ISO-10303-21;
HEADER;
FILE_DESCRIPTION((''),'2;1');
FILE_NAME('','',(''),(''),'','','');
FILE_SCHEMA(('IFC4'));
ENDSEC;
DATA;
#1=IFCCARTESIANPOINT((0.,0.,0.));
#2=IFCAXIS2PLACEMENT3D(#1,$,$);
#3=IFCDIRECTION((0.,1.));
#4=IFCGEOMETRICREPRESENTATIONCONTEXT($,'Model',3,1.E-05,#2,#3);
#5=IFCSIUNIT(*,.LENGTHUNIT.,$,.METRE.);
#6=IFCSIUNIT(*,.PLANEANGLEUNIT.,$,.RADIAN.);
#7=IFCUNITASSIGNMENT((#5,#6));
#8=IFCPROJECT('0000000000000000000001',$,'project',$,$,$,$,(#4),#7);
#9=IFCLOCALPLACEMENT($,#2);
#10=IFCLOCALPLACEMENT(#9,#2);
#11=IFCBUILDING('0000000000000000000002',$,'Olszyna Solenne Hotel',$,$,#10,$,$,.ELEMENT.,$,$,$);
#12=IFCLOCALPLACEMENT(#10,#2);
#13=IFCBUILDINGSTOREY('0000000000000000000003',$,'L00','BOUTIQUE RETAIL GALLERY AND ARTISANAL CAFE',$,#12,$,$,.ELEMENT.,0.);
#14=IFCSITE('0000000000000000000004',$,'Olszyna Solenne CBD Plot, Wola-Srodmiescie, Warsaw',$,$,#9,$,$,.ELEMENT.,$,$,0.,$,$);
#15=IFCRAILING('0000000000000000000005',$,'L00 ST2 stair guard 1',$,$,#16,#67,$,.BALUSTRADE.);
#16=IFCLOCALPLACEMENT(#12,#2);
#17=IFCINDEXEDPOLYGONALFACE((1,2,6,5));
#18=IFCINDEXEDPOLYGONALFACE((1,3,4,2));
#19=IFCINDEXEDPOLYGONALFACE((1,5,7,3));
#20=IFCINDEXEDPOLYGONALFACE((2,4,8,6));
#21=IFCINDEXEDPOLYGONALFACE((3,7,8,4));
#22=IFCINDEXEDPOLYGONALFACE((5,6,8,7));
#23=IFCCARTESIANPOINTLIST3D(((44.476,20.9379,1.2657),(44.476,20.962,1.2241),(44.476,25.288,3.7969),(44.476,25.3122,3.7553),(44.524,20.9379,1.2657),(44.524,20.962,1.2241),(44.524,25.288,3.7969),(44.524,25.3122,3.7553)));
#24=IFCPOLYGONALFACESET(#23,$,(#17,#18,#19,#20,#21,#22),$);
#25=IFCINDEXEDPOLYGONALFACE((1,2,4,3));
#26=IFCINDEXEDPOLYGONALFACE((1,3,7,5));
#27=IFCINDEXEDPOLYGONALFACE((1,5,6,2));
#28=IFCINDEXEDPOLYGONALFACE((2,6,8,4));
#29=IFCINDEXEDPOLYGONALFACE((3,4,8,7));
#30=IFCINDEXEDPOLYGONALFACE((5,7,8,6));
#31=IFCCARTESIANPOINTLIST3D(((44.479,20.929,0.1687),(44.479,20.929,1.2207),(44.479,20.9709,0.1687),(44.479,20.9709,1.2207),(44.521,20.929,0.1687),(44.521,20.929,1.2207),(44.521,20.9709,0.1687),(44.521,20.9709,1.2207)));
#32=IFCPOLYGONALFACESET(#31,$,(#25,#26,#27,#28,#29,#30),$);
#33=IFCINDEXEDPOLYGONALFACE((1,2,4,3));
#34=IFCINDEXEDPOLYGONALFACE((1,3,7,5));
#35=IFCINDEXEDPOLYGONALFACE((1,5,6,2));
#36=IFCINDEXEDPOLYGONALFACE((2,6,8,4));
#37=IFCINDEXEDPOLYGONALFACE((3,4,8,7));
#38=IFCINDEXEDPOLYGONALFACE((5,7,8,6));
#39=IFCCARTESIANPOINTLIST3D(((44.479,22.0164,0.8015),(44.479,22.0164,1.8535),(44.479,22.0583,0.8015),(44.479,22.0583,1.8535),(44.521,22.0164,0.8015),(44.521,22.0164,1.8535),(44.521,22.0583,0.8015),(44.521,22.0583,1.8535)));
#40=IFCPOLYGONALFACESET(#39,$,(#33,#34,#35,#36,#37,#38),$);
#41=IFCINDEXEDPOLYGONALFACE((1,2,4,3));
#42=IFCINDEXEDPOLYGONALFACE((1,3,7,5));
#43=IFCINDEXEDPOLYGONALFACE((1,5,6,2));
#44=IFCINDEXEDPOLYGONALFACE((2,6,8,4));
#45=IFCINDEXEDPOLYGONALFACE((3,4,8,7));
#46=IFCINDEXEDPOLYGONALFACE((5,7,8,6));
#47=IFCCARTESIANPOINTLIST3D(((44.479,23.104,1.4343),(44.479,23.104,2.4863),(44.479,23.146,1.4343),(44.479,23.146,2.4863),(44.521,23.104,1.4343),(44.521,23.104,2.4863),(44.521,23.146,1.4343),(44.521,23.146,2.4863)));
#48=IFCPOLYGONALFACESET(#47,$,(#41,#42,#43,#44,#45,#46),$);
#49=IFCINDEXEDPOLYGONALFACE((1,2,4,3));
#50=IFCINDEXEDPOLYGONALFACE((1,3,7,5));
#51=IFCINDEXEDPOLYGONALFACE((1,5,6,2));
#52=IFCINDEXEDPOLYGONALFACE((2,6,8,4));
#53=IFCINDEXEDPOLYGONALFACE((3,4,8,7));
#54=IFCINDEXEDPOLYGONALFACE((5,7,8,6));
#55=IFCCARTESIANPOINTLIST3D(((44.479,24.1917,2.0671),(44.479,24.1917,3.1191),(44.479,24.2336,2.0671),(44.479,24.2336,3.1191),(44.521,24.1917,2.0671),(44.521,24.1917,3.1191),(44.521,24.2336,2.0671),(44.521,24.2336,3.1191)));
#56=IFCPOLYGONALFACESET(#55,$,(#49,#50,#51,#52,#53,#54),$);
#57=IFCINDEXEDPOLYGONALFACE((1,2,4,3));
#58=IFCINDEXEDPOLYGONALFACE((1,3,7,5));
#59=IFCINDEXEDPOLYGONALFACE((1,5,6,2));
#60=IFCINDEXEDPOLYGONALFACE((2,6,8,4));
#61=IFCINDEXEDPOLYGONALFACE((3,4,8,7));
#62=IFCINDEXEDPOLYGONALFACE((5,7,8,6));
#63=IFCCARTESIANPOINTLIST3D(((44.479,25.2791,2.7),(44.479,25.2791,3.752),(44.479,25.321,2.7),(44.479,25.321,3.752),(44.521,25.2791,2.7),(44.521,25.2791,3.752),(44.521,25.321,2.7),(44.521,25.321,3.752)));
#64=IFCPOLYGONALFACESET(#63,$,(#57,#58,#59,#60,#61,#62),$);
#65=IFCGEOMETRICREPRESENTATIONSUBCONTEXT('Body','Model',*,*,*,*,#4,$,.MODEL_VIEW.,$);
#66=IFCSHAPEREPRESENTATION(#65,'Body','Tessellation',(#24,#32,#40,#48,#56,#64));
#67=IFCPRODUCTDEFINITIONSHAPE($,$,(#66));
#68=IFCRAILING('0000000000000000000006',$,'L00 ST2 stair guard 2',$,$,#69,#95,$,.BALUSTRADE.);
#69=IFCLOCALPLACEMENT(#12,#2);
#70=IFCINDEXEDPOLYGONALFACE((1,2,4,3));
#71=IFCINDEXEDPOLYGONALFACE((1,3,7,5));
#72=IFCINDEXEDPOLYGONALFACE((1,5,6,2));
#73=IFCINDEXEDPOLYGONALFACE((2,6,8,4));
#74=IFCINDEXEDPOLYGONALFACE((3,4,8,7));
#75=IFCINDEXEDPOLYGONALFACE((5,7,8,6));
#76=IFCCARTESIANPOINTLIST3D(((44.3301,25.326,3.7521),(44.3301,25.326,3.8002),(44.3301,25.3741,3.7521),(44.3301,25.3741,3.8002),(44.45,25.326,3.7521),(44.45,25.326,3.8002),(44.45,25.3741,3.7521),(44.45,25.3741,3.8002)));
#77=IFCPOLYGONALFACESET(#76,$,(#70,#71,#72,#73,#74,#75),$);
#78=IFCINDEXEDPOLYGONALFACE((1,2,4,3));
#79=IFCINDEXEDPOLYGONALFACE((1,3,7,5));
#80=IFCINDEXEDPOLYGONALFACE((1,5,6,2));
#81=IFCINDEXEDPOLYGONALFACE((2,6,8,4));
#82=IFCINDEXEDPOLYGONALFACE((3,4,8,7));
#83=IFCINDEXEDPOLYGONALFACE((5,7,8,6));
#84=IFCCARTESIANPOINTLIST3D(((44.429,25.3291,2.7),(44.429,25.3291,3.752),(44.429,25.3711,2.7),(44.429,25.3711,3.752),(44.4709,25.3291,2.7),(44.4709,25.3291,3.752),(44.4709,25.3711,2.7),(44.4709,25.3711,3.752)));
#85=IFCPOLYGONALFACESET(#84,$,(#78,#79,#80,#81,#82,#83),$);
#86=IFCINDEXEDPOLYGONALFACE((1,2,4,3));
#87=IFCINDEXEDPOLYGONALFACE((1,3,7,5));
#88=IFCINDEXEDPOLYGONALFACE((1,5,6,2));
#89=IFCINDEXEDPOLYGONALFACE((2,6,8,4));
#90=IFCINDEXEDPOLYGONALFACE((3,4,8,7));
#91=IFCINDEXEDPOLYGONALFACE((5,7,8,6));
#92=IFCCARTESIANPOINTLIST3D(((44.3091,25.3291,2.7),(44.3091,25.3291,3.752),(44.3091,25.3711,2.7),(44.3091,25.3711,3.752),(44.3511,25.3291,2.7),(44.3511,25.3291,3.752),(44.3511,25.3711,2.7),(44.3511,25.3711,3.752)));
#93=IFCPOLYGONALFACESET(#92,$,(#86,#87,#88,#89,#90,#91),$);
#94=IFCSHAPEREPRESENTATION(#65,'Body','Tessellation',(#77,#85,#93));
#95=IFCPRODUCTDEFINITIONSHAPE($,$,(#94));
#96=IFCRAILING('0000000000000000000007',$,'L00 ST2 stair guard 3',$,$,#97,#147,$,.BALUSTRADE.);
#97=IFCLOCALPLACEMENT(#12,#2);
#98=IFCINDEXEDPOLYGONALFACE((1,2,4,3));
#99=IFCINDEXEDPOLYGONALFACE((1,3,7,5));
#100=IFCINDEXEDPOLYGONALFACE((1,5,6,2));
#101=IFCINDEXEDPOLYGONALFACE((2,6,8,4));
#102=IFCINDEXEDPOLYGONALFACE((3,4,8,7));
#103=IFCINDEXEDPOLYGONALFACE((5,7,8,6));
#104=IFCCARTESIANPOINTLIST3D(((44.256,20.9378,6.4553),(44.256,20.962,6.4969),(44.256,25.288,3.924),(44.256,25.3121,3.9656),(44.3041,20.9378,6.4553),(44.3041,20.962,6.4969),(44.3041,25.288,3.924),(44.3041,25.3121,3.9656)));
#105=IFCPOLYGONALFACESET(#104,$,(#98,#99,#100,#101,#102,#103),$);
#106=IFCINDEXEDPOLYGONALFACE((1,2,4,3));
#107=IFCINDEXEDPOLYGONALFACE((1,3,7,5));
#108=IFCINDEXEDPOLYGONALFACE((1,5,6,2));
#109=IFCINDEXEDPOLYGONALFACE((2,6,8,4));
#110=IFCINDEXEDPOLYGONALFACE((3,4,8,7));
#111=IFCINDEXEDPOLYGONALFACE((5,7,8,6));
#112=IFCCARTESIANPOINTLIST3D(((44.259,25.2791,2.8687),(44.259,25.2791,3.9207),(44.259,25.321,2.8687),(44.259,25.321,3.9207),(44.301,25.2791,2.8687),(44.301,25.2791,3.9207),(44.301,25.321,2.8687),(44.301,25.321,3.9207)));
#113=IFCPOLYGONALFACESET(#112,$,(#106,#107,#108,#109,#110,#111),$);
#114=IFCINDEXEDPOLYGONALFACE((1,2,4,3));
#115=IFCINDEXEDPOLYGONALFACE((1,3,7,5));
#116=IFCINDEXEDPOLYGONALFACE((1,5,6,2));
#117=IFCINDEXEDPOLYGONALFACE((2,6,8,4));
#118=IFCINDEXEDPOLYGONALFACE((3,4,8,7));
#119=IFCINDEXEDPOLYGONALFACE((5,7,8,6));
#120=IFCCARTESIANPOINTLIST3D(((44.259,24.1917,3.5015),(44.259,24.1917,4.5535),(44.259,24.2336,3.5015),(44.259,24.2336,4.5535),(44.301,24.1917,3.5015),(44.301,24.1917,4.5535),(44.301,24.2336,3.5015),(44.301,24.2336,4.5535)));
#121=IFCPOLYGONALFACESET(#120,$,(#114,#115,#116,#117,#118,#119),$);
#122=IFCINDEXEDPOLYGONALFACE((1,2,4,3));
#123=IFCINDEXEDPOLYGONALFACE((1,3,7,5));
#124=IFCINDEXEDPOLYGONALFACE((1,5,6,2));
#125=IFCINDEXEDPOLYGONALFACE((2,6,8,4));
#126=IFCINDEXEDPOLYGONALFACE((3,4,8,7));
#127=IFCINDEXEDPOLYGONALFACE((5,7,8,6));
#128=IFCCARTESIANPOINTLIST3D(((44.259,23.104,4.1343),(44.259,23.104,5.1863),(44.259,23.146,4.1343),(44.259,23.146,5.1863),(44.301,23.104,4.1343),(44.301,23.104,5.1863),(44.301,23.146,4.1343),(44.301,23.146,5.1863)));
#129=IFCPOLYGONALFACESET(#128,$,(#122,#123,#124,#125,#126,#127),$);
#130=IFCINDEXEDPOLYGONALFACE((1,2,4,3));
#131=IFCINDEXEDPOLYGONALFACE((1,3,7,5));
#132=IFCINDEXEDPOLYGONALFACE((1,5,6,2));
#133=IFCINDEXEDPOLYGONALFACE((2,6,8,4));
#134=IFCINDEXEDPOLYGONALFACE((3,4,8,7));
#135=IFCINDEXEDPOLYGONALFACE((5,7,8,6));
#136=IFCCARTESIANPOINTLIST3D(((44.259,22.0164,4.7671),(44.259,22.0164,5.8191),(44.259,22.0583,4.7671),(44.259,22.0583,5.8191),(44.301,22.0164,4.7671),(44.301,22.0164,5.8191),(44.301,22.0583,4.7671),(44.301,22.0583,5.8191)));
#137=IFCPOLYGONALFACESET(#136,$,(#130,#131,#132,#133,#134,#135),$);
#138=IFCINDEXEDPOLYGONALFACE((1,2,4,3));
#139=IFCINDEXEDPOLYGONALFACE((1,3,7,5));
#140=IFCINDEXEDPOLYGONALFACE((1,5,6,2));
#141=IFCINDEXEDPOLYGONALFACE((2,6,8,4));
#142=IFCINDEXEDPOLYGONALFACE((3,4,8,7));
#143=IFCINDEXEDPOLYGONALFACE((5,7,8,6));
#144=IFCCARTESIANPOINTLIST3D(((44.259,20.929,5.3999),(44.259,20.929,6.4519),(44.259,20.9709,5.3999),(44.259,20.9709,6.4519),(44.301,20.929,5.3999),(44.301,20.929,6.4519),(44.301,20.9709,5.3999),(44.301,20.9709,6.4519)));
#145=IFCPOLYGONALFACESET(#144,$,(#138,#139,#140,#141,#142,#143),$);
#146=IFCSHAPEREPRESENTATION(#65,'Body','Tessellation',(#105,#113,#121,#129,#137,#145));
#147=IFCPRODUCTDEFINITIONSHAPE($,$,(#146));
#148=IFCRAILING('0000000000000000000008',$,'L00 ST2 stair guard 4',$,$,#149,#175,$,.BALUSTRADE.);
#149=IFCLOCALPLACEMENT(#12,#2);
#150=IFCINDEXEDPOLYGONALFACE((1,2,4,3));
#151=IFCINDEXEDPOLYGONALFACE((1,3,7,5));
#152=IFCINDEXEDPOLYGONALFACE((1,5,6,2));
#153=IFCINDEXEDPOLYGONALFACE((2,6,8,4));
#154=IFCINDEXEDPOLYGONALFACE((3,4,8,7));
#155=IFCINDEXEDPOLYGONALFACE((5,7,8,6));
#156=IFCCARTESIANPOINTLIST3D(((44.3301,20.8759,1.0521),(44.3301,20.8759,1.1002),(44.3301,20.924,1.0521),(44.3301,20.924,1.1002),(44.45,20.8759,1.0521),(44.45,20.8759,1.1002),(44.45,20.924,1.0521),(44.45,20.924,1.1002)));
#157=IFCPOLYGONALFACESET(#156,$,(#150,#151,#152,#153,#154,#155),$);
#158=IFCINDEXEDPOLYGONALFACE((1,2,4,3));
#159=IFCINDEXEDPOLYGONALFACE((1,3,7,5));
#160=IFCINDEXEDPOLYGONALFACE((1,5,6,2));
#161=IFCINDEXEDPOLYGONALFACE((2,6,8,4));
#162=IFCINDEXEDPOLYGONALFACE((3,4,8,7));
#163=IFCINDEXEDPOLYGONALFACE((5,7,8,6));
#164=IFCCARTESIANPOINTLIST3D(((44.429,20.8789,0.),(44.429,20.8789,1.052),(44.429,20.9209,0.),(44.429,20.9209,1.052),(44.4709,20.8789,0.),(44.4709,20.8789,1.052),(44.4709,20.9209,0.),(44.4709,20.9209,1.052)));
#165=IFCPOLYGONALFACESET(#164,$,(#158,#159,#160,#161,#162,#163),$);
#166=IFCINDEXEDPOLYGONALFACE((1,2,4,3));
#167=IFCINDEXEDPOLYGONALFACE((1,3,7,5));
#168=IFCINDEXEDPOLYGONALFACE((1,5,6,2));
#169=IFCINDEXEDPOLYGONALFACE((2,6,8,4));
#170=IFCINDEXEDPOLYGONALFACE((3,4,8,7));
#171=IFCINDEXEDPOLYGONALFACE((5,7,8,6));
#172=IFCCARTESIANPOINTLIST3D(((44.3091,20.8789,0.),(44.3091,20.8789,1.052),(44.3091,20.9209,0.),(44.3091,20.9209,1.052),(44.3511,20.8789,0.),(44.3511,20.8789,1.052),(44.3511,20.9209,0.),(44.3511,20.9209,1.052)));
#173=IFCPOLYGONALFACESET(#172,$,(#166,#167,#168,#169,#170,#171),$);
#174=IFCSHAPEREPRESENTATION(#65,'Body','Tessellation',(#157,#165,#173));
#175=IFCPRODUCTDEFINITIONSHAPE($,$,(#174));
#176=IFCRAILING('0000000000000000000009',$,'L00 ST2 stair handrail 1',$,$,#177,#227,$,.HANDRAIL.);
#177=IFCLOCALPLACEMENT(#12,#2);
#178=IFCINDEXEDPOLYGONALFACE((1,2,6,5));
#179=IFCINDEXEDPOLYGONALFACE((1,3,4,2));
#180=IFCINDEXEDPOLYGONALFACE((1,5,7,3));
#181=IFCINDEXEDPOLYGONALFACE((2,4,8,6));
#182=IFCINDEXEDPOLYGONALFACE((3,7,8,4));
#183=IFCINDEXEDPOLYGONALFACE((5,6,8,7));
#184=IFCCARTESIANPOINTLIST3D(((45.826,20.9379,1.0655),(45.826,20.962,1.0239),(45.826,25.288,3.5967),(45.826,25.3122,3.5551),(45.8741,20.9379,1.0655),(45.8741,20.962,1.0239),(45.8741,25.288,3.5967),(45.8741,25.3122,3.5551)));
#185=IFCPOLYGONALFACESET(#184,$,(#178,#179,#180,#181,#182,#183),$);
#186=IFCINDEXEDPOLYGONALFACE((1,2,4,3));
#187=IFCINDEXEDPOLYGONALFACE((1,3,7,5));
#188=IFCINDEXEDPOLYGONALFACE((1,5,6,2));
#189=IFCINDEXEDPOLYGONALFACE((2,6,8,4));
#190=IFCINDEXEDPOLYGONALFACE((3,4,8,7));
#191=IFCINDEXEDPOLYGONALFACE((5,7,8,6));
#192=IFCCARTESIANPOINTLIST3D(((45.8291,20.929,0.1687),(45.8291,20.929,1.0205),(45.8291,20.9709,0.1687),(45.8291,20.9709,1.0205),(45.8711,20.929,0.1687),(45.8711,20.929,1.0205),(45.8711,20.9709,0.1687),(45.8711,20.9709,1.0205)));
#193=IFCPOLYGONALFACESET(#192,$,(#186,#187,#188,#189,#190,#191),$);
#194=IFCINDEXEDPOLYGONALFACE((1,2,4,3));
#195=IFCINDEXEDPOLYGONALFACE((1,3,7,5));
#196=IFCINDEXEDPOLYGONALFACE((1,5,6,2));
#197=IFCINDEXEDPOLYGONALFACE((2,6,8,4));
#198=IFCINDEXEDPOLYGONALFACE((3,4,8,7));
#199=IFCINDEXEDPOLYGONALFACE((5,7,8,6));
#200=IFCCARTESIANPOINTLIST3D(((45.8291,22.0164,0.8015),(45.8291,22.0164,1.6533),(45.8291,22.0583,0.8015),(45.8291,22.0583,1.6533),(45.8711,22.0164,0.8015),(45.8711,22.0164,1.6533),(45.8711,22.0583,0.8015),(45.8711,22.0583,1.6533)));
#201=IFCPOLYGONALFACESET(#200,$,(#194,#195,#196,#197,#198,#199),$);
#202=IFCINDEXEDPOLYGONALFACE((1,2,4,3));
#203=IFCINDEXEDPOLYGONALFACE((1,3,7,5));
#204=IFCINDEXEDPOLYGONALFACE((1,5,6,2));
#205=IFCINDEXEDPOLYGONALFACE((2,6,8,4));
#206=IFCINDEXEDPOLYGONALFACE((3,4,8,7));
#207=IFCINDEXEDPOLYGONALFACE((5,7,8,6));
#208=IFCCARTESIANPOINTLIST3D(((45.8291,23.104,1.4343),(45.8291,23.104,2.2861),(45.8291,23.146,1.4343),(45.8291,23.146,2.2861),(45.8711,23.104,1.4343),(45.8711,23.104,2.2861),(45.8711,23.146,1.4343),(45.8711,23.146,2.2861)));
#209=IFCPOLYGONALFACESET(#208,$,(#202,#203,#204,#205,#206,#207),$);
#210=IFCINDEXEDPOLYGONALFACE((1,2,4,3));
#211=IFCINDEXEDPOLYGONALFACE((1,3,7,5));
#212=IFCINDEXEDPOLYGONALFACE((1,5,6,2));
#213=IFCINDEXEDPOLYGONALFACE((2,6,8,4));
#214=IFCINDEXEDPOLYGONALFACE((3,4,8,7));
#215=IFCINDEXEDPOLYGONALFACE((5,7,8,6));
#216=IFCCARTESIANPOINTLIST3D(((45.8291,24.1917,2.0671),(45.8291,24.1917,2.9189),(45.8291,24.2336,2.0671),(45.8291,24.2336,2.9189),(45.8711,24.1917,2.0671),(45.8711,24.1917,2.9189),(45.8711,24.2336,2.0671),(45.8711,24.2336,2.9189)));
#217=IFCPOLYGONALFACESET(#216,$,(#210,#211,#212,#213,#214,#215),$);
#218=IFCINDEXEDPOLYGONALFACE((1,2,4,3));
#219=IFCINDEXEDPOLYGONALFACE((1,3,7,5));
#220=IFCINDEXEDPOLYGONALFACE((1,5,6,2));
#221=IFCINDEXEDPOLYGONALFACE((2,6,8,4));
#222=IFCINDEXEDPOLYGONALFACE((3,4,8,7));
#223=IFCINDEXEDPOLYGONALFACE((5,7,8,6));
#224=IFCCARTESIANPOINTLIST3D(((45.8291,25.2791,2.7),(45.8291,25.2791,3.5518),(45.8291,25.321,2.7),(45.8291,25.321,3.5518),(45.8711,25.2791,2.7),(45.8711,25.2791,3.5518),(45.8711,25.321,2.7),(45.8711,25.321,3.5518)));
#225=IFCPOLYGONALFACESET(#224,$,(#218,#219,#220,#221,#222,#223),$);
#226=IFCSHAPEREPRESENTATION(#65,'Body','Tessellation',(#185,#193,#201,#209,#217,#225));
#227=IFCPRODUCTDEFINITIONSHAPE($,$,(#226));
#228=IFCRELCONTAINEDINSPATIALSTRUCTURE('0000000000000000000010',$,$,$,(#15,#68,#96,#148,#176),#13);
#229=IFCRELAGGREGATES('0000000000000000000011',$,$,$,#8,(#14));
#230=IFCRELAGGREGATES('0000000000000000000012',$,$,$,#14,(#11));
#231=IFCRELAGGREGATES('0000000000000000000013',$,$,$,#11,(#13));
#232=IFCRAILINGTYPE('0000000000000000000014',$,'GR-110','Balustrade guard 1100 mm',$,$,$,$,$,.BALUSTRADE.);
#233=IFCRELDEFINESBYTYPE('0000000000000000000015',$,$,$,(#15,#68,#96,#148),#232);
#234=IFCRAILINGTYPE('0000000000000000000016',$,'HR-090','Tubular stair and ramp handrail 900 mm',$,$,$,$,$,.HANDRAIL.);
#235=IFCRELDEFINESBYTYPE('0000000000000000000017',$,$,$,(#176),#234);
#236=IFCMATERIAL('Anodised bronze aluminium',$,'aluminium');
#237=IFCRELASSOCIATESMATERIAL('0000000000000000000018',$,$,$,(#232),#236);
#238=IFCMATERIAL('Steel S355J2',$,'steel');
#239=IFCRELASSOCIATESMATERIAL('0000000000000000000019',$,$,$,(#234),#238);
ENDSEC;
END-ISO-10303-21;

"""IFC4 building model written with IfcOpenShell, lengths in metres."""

from ifc_helpers import new_model, si_unit, direction, frame, origin, origin_2d, place, context, subcontext, project, spatial, rectangle, extrude, material, type_object, element, save


model = new_model("IFC4")

# Units and contexts
model_context = context("Model", 3, precision=1e-05, world=origin(), true_north=direction((0.0, 1.0)))
body_context = subcontext(model_context, "Body", "Model", "MODEL_VIEW")
ifc_project = project(units=[si_unit("LENGTHUNIT", "METRE"), si_unit("PLANEANGLEUNIT", "RADIAN")], contexts=[model_context])

# Site, building, storey
site_placement = place(None, origin())
site = spatial("IfcSite", under=ifc_project, at=site_placement, Name="Olszyna Solenne CBD Plot, Wola-Srodmiescie, Warsaw", CompositionType="ELEMENT", RefElevation=0.0)
building_placement = place(site_placement, origin())
building = spatial("IfcBuilding", under=site, at=building_placement, Name="Olszyna Solenne Hotel", CompositionType="ELEMENT")
storey_placement = place(building_placement, origin())
storey = spatial("IfcBuildingStorey", under=building, at=storey_placement, Name="L00", Description="BOUTIQUE RETAIL GALLERY AND ARTISANAL CAFE", CompositionType="ELEMENT", Elevation=0.0)

# Shared definitions
ifc_material_1 = material(Name="Steel S355J2", Category="steel")

# Railings
ifc_material_2 = material(Name="Anodised bronze aluminium", Category="aluminium")
railing_type_1 = type_object("IfcRailingType", Name="GR-110", Description="Balustrade guard 1100 mm", PredefinedType="BALUSTRADE", material=ifc_material_2)
railing_1_placement = place(storey_placement, frame((44.5, 20.95, 0.1687)))
element("IfcRailing", 1, at=railing_1_placement, inside=storey, type_object=railing_type_1, Name="L00 ST2 stair guard 1", PredefinedType="BALUSTRADE", context=body_context, shape_type="SweptSolid", body=[
    extrude(rectangle(XDim=0.0481, YDim=0.0481, at=origin_2d()), frame((0.0, 0.0, 1.0762), z_axis=(0.0, 0.864324, 0.502936), x_axis=(-1.0, 0.0, 0.0)), (0.0, 0.0, 1.0), 5.033),
    extrude(rectangle(XDim=0.042, YDim=0.042, at=origin_2d()), origin(), (0.0, 0.0, 1.0), 1.052),
    extrude(rectangle(XDim=0.042, YDim=0.042, at=origin_2d()), frame((0.0, 1.0874, 0.6328)), (0.0, 0.0, 1.0), 1.052),
    extrude(rectangle(XDim=0.042, YDim=0.042, at=origin_2d()), frame((0.0, 2.175, 1.2656)), (0.0, 0.0, 1.0), 1.052),
    extrude(rectangle(XDim=0.042, YDim=0.042, at=origin_2d()), frame((0.0, 3.2627, 1.8984)), (0.0, 0.0, 1.0), 1.052),
    extrude(rectangle(XDim=0.042, YDim=0.042, at=origin_2d()), frame((0.0, 4.3501, 2.5312)), (0.0, 0.0, 1.0), 1.052),
])
railing_2_placement = place(storey_placement, frame((44.45, 25.3501, 2.7)))
element("IfcRailing", 2, at=railing_2_placement, inside=storey, type_object=railing_type_1, Name="L00 ST2 stair guard 2", PredefinedType="BALUSTRADE", context=body_context, shape_type="SweptSolid", body=[
    extrude(rectangle(XDim=0.0481, YDim=0.0481, at=origin_2d()), frame((0.0, 0.0, 1.0762), z_axis=(-1.0, 0.0, 0.0), x_axis=(0.0, -1.0, 0.0)), (0.0, 0.0, 1.0), 0.1199),
    extrude(rectangle(XDim=0.042, YDim=0.042, at=origin_2d()), origin(), (0.0, 0.0, 1.0), 1.052),
    extrude(rectangle(XDim=0.042, YDim=0.042, at=origin_2d()), frame((-0.1199, 0.0, 0.0)), (0.0, 0.0, 1.0), 1.052),
])
railing_3_placement = place(storey_placement, frame((44.28, 25.3, 2.8687)))
element("IfcRailing", 3, at=railing_3_placement, inside=storey, type_object=railing_type_1, Name="L00 ST2 stair guard 3", PredefinedType="BALUSTRADE", context=body_context, shape_type="SweptSolid", body=[
    extrude(rectangle(XDim=0.0481, YDim=0.0481, at=origin_2d()), frame((0.0, 0.0, 1.0762), z_axis=(0.0, -0.864324, 0.502936), x_axis=(1.0, 0.0, 0.0)), (0.0, 0.0, 1.0), 5.033),
    extrude(rectangle(XDim=0.042, YDim=0.042, at=origin_2d()), origin(), (0.0, 0.0, 1.0), 1.052),
    extrude(rectangle(XDim=0.042, YDim=0.042, at=origin_2d()), frame((0.0, -1.0874, 0.6328)), (0.0, 0.0, 1.0), 1.052),
    extrude(rectangle(XDim=0.042, YDim=0.042, at=origin_2d()), frame((0.0, -2.175, 1.2656)), (0.0, 0.0, 1.0), 1.052),
    extrude(rectangle(XDim=0.042, YDim=0.042, at=origin_2d()), frame((0.0, -3.2627, 1.8984)), (0.0, 0.0, 1.0), 1.052),
    extrude(rectangle(XDim=0.042, YDim=0.042, at=origin_2d()), frame((0.0, -4.3501, 2.5312)), (0.0, 0.0, 1.0), 1.052),
])
railing_4_placement = place(storey_placement, frame((44.45, 20.8999, 0.0)))
element("IfcRailing", 4, at=railing_4_placement, inside=storey, type_object=railing_type_1, Name="L00 ST2 stair guard 4", PredefinedType="BALUSTRADE", context=body_context, shape_type="SweptSolid", body=[
    extrude(rectangle(XDim=0.0481, YDim=0.0481, at=origin_2d()), frame((0.0, 0.0, 1.0762), z_axis=(-1.0, 0.0, 0.0), x_axis=(0.0, -1.0, 0.0)), (0.0, 0.0, 1.0), 0.1199),
    extrude(rectangle(XDim=0.042, YDim=0.042, at=origin_2d()), origin(), (0.0, 0.0, 1.0), 1.052),
    extrude(rectangle(XDim=0.042, YDim=0.042, at=origin_2d()), frame((-0.1199, 0.0, 0.0)), (0.0, 0.0, 1.0), 1.052),
])
railing_type_2 = type_object("IfcRailingType", Name="HR-090", Description="Tubular stair and ramp handrail 900 mm", PredefinedType="HANDRAIL", material=ifc_material_1)
railing_5_placement = place(storey_placement, frame((45.8501, 20.95, 0.1687)))
element("IfcRailing", 5, at=railing_5_placement, inside=storey, type_object=railing_type_2, Name="L00 ST2 stair handrail 1", PredefinedType="HANDRAIL", context=body_context, shape_type="SweptSolid", body=[
    extrude(rectangle(XDim=0.0481, YDim=0.0481, at=origin_2d()), frame((0.0, 0.0, 0.876), z_axis=(0.0, 0.864324, 0.502936), x_axis=(-1.0, 0.0, 0.0)), (0.0, 0.0, 1.0), 5.033),
    extrude(rectangle(XDim=0.042, YDim=0.042, at=origin_2d()), origin(), (0.0, 0.0, 1.0), 0.8518),
    extrude(rectangle(XDim=0.042, YDim=0.042, at=origin_2d()), frame((0.0, 1.0874, 0.6328)), (0.0, 0.0, 1.0), 0.8518),
    extrude(rectangle(XDim=0.042, YDim=0.042, at=origin_2d()), frame((0.0, 2.175, 1.2656)), (0.0, 0.0, 1.0), 0.8518),
    extrude(rectangle(XDim=0.042, YDim=0.042, at=origin_2d()), frame((0.0, 3.2627, 1.8984)), (0.0, 0.0, 1.0), 0.8518),
    extrude(rectangle(XDim=0.042, YDim=0.042, at=origin_2d()), frame((0.0, 4.3501, 2.5312)), (0.0, 0.0, 1.0), 0.8518),
])

save(model, "model.ifc")
